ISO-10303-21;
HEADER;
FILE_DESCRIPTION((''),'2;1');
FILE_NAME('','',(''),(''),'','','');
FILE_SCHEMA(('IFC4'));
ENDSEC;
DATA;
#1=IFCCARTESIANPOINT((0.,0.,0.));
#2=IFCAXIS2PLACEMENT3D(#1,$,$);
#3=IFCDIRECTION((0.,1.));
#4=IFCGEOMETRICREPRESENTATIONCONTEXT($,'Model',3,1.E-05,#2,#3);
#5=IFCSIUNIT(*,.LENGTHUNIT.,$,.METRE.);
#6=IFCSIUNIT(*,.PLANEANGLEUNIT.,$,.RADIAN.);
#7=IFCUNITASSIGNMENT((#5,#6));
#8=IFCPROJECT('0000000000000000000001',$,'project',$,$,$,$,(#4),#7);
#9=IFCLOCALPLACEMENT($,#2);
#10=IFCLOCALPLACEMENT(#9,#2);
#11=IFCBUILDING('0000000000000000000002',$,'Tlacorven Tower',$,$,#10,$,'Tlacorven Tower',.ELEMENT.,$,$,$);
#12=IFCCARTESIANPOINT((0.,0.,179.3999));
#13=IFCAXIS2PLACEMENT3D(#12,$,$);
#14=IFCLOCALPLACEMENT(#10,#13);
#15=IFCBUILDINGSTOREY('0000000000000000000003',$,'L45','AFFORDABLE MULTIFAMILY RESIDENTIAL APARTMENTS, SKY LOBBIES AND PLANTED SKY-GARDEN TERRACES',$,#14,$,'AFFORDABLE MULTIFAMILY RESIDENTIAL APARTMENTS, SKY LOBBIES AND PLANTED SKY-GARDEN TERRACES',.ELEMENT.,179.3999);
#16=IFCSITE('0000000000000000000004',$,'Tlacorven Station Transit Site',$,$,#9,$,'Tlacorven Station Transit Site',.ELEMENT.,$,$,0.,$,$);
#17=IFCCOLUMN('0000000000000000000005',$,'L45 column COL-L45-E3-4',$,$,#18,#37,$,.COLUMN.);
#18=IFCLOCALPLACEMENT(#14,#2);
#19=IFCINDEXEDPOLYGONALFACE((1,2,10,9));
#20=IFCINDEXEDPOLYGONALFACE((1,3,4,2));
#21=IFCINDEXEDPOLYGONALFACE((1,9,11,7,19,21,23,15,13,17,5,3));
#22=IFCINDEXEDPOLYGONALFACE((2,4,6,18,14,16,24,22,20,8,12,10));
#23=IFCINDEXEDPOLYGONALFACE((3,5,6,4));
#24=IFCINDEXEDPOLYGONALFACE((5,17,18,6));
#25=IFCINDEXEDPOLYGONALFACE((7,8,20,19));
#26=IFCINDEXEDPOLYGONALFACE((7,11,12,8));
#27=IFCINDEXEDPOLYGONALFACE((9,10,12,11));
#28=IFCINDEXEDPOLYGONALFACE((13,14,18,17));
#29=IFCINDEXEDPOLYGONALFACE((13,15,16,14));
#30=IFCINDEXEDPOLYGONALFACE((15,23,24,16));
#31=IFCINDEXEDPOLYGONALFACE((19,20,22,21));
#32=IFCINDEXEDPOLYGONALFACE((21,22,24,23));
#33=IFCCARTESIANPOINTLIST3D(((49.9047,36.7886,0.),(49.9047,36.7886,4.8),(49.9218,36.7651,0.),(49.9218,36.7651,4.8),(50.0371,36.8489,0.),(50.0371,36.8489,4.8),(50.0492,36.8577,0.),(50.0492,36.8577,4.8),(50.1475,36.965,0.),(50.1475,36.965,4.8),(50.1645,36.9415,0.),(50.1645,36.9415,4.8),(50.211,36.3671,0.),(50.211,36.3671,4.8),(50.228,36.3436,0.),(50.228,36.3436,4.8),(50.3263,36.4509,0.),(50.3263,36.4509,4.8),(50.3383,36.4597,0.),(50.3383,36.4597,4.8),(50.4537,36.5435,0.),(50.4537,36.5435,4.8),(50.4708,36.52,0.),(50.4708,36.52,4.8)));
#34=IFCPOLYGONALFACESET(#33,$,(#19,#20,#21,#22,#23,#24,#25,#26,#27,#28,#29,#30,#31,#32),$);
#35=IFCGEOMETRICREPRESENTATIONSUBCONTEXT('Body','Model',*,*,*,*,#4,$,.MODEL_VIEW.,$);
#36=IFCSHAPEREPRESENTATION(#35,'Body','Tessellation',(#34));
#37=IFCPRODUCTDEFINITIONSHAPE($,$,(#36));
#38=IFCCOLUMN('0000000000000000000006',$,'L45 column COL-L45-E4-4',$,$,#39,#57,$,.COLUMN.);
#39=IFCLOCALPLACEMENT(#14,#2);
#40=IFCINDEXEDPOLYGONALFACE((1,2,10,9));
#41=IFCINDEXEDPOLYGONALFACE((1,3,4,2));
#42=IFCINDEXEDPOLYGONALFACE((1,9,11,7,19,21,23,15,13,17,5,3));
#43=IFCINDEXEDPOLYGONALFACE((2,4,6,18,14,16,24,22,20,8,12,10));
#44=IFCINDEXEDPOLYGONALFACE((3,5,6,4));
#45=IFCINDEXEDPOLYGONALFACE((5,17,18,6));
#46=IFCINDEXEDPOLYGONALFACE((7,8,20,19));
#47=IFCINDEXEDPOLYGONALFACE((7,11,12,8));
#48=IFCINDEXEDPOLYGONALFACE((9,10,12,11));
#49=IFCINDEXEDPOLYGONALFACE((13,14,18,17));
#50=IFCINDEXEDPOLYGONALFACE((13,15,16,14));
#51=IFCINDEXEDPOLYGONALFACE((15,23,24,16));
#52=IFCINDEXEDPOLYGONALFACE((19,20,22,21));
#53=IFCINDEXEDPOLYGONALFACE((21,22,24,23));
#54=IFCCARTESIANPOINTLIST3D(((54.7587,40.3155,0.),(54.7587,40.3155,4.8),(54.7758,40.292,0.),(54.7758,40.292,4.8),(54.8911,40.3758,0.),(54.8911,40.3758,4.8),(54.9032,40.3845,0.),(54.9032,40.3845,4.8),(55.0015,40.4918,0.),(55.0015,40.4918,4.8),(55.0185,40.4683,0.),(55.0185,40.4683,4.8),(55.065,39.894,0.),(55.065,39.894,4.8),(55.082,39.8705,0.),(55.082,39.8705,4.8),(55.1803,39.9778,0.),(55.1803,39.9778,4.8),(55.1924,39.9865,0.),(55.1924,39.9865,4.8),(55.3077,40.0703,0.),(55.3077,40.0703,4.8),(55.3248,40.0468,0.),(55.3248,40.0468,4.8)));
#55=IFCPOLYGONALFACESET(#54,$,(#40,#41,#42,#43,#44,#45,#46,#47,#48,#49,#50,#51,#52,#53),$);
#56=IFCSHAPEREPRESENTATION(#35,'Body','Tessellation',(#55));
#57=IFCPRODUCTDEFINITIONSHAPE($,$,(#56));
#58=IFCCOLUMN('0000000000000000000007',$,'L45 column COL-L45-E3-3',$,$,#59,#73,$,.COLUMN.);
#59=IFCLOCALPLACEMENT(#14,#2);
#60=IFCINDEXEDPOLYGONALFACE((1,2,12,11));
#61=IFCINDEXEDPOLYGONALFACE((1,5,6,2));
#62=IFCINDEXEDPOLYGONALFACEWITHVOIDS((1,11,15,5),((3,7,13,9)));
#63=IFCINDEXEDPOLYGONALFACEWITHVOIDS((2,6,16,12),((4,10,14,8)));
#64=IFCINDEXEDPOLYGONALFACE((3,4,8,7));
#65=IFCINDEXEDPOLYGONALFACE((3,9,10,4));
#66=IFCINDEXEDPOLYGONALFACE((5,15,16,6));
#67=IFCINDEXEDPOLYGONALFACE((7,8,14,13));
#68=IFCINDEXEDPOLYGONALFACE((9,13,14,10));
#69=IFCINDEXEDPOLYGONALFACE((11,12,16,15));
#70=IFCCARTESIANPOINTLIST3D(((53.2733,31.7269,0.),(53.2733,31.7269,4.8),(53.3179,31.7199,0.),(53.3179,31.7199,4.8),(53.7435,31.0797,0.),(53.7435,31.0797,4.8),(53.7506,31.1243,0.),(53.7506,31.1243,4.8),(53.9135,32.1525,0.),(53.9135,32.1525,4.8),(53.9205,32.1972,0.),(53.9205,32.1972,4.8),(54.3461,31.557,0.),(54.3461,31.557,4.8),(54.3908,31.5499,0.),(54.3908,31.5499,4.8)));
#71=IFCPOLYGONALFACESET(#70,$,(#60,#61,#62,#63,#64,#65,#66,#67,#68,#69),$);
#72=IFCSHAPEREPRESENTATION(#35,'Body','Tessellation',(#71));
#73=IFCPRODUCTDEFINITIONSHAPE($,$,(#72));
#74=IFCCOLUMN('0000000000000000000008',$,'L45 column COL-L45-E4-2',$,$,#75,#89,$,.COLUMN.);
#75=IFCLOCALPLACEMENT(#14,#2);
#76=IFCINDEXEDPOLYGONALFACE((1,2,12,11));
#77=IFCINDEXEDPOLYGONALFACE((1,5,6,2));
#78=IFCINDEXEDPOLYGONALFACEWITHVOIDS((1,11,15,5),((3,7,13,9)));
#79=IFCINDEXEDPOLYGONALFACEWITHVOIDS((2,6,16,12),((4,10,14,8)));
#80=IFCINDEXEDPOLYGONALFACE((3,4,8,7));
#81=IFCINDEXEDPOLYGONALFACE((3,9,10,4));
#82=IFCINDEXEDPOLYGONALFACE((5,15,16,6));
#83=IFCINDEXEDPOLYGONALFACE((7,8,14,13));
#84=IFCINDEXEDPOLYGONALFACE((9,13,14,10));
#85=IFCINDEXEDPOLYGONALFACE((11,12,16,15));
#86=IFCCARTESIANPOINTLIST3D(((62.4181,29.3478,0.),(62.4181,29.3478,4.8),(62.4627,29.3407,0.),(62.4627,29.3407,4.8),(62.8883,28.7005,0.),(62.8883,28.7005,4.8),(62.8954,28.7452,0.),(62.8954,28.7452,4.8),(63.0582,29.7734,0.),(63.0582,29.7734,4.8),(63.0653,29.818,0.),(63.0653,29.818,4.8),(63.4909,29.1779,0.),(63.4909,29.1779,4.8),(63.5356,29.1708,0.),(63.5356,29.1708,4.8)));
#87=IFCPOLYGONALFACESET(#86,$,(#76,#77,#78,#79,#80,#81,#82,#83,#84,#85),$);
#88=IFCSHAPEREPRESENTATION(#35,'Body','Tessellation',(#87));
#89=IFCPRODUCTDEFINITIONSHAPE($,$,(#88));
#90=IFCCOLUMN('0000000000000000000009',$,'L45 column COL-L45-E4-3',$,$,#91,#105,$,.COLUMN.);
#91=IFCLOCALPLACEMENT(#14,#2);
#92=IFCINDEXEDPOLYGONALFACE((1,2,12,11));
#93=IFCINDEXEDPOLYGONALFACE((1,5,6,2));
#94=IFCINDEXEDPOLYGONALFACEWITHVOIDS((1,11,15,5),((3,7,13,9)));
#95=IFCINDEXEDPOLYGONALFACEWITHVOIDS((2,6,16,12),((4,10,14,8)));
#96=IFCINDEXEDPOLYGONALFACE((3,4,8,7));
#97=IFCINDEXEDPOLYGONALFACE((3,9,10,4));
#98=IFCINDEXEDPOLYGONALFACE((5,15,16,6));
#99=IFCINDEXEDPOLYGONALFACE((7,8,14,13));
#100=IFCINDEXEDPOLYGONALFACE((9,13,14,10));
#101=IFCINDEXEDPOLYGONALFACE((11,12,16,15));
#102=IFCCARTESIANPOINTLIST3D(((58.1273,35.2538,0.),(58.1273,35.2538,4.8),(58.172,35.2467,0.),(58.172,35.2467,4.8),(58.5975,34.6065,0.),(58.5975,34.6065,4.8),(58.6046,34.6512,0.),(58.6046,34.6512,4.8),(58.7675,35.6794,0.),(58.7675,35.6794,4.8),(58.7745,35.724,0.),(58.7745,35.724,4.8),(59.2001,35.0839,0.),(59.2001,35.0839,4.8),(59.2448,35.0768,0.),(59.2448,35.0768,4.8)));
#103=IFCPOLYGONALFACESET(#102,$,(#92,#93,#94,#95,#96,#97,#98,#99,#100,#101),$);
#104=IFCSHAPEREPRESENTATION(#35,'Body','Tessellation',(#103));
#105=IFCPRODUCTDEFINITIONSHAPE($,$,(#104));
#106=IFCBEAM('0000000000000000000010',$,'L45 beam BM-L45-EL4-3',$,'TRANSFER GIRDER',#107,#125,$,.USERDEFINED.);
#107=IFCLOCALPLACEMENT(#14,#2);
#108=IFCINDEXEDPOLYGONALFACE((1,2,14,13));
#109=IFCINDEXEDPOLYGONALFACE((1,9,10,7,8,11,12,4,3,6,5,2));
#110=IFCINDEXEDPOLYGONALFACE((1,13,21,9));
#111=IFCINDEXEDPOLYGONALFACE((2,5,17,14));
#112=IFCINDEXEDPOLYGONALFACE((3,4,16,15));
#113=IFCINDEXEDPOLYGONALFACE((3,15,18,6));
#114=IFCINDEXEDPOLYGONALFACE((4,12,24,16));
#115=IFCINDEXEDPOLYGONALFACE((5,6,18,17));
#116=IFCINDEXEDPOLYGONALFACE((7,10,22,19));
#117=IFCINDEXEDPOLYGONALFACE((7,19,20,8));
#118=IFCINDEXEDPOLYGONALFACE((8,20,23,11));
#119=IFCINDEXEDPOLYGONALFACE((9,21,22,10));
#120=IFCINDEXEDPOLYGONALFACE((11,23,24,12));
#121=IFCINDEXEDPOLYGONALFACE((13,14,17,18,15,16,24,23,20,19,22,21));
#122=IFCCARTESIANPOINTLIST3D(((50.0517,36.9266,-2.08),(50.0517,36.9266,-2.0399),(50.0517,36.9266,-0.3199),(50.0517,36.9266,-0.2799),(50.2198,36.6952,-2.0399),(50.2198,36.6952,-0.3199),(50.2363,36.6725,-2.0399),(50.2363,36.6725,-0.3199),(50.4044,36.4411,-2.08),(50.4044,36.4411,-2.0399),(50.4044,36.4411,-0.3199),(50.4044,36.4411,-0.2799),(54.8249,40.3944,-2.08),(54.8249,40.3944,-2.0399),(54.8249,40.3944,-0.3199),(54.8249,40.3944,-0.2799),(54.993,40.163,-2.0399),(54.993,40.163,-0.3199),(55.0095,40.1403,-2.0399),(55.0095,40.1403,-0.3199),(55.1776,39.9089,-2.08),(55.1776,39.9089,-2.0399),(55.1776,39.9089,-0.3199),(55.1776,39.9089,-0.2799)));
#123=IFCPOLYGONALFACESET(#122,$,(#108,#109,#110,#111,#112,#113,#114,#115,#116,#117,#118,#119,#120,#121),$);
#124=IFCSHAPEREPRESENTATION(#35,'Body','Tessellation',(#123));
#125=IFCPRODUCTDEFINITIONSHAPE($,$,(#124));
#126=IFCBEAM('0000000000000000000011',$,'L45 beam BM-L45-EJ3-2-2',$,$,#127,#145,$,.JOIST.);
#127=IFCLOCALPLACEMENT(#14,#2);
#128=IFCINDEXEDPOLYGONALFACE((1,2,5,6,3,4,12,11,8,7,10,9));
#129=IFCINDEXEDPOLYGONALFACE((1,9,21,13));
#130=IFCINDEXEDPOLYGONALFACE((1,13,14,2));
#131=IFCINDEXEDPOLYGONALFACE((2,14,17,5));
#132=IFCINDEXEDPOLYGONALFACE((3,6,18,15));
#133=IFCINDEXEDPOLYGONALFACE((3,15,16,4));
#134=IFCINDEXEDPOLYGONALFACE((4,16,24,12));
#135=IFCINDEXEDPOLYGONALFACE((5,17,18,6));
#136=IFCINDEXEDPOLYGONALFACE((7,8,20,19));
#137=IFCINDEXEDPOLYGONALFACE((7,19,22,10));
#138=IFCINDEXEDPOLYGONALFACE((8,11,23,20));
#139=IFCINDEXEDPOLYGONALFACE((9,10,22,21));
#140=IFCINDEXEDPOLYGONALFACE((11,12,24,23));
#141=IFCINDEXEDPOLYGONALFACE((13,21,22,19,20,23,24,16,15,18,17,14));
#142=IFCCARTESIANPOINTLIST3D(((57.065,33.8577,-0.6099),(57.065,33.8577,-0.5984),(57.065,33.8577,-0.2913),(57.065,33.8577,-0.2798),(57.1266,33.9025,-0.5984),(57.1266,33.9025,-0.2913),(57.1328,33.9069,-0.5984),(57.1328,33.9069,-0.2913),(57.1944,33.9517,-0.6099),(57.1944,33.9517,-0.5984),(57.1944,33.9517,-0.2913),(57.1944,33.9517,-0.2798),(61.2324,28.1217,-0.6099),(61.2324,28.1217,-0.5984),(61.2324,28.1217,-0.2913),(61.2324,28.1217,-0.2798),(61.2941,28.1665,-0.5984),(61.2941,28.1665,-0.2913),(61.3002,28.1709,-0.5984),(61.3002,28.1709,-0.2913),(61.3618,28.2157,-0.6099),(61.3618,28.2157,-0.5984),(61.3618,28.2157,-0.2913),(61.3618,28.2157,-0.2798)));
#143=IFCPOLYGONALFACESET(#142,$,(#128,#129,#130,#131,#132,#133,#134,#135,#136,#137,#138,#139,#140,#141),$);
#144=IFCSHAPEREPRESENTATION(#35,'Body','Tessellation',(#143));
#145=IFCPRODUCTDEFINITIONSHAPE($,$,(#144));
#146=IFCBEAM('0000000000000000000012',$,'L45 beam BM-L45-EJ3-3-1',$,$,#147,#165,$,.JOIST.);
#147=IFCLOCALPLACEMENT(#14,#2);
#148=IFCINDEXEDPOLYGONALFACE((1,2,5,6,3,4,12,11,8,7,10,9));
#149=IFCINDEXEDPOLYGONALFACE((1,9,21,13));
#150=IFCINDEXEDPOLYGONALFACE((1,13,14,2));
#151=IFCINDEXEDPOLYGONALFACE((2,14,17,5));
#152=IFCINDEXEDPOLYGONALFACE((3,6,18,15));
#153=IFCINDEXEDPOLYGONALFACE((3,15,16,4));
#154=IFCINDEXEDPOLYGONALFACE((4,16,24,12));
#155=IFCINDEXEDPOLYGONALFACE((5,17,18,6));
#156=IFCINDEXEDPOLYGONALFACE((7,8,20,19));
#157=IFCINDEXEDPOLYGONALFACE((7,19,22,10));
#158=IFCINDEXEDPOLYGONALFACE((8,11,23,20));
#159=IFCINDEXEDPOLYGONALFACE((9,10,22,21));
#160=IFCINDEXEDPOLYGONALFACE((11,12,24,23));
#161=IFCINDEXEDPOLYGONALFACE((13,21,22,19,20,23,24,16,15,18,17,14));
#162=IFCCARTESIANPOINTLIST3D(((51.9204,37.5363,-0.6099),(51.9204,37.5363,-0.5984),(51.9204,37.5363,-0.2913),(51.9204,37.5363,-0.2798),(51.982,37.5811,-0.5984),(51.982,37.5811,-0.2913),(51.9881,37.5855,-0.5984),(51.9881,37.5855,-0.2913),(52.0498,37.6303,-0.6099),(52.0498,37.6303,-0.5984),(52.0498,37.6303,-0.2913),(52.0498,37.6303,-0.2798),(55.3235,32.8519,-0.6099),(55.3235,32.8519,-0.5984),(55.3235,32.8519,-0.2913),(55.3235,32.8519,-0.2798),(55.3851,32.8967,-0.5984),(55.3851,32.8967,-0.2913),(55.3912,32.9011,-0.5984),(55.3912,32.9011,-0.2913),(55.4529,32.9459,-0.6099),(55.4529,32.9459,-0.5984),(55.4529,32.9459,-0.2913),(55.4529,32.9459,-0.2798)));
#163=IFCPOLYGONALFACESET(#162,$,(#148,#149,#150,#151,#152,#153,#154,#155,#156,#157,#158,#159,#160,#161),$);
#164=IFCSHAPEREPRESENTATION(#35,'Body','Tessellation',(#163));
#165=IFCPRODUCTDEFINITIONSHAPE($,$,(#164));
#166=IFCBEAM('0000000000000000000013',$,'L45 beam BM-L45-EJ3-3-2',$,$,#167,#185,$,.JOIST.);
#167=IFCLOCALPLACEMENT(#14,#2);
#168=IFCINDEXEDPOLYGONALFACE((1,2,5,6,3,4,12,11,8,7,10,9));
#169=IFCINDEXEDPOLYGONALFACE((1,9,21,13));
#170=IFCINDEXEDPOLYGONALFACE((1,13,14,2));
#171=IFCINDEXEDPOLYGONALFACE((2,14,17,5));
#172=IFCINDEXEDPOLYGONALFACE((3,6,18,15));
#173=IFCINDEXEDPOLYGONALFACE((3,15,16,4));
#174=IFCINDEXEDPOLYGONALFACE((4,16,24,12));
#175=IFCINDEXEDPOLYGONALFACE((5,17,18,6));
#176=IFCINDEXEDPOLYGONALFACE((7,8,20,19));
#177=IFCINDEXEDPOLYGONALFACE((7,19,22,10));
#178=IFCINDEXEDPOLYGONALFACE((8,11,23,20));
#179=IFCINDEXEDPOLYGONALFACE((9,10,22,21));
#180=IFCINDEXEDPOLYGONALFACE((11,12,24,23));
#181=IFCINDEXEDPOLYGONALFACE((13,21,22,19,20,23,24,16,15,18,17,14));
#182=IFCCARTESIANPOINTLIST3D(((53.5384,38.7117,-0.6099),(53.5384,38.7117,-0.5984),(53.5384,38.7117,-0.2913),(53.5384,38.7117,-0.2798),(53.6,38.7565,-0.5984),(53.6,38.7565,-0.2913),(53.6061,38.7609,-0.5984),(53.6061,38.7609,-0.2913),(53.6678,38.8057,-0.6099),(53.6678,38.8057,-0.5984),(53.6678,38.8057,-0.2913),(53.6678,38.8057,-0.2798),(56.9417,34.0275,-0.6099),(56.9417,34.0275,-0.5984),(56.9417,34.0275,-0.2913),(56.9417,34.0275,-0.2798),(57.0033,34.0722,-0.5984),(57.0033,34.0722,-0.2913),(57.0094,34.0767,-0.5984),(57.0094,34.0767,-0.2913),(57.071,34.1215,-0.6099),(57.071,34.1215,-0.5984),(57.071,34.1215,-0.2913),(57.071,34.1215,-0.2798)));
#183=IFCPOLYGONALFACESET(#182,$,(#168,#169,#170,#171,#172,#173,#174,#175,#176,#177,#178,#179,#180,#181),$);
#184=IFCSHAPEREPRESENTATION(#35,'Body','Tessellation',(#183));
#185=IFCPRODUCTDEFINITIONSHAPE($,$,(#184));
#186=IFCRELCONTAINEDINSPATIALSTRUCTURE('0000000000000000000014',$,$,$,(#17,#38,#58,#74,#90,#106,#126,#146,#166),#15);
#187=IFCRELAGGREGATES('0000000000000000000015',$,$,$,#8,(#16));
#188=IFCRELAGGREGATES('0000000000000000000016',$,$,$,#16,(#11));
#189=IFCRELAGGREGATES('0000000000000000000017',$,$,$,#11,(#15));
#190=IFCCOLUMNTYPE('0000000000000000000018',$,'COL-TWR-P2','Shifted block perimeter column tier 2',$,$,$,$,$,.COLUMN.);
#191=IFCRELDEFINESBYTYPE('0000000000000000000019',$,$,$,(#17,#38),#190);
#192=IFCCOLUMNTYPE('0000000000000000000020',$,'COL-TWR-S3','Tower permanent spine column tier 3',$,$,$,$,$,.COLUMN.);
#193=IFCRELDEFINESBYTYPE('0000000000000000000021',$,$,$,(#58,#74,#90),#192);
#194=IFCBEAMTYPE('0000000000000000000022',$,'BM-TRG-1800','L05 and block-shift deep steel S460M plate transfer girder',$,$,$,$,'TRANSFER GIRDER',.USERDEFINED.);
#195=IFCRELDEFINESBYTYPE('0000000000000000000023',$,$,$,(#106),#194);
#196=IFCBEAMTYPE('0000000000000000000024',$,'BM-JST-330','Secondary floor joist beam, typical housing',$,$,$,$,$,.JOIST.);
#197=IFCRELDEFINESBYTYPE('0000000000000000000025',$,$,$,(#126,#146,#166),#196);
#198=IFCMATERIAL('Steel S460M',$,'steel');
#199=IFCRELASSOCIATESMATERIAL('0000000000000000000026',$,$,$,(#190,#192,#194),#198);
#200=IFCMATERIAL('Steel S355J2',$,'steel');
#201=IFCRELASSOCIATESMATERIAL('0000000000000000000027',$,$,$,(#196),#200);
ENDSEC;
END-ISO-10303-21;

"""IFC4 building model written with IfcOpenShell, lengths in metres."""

from ifc_helpers import new_model, si_unit, direction, frame, origin, origin_2d, place, context, subcontext, project, spatial, hollow_rectangle, i_section, extrude, source, transform, mapped, material, material_profile, profile_set, type_object, element, save


model = new_model("IFC4")

# Units and contexts
model_context = context("Model", 3, precision=1e-05, world=origin(), true_north=direction((0.0, 1.0)))
body_context = subcontext(model_context, "Body", "Model", "MODEL_VIEW")
ifc_project = project(units=[si_unit("LENGTHUNIT", "METRE"), si_unit("PLANEANGLEUNIT", "RADIAN")], contexts=[model_context])

# Site, building, storey
site_placement = place(None, origin())
site = spatial("IfcSite", under=ifc_project, at=site_placement, Name="Tlacorven Station Transit Site", LongName="Tlacorven Station Transit Site", CompositionType="ELEMENT", RefElevation=0.0)
building_placement = place(site_placement, origin())
building = spatial("IfcBuilding", under=site, at=building_placement, Name="Tlacorven Tower", LongName="Tlacorven Tower", CompositionType="ELEMENT")
storey_placement = place(building_placement, frame((0.0, 0.0, 179.3999)))
storey = spatial("IfcBuildingStorey", under=building, at=storey_placement, Name="L45", Description="AFFORDABLE MULTIFAMILY RESIDENTIAL APARTMENTS, SKY LOBBIES AND PLANTED SKY-GARDEN TERRACES", LongName="AFFORDABLE MULTIFAMILY RESIDENTIAL APARTMENTS, SKY LOBBIES AND PLANTED SKY-GARDEN TERRACES", CompositionType="ELEMENT", Elevation=179.3999)

# Columns
ifc_material_1 = material(Name="Steel S460M", Category="steel")
ifc_material_profile_1 = material_profile(ifc_material_1, i_section(OverallWidth=0.3, OverallDepth=0.55, WebThickness=0.0149, FlangeThickness=0.0291, at=origin_2d()), Name="HEB 550")
ifc_profile_set_1 = profile_set([ifc_material_profile_1], Name="Steel S460M")
column_type_1 = type_object("IfcColumnType", Name="COL-TWR-P2", Description="Shifted block perimeter column tier 2", PredefinedType="COLUMN", material=ifc_profile_set_1)
shared_shape_1 = source(origin(), body_context, "Body", "SweptSolid", [
    extrude(i_section(OverallWidth=0.3, OverallDepth=0.55, WebThickness=0.0149, FlangeThickness=0.0291, at=origin_2d()), origin(), (0.0, 0.0, 1.0), 4.8),
])
for number, where, z_axis, x_axis, name in (
    (1, (50.1877, 36.6543, 0.0), (0.0, 0.0, 1.0), (0.809017, 0.587785, 0.0), "L45 column COL-L45-E3-4"),
    (2, (55.0417, 40.1812, 0.0), (0.0, 0.0, 1.0), (0.809017, 0.587785, 0.0), "L45 column COL-L45-E4-4"),
):
    element("IfcColumn", number, at=place(storey_placement, frame(where, z_axis=z_axis, x_axis=x_axis)), inside=storey, type_object=column_type_1, Name=name, PredefinedType="COLUMN", context=body_context, shape_type="MappedRepresentation", body=[
        mapped(shared_shape_1, transform((0.0, 0.0, 0.0), scale=1.0)),
    ])
ifc_material_profile_2 = material_profile(ifc_material_1, hollow_rectangle(XDim=0.8, YDim=0.8, WallThickness=0.032, at=origin_2d()), Name="BOX 800X800X32")
ifc_profile_set_2 = profile_set([ifc_material_profile_2], Name="Steel S460M")
column_type_2 = type_object("IfcColumnType", Name="COL-TWR-S3", Description="Tower permanent spine column tier 3", PredefinedType="COLUMN", material=ifc_profile_set_2)
shared_shape_2 = source(origin(), body_context, "Body", "SweptSolid", [
    extrude(hollow_rectangle(XDim=0.8, YDim=0.8, WallThickness=0.032, at=origin_2d()), origin(), (0.0, 0.0, 1.0), 4.8),
])
for number, where, z_axis, x_axis, name in (
    (3, (53.832, 31.6384, 0.0), (0.0, 0.0, 1.0), (0.809017, 0.587785, 0.0), "L45 column COL-L45-E3-3"),
    (4, (62.9768, 29.2593, 0.0), (0.0, 0.0, 1.0), (0.809017, 0.587785, 0.0), "L45 column COL-L45-E4-2"),
    (5, (58.686, 35.1653, 0.0), (0.0, 0.0, 1.0), (0.809017, 0.587785, 0.0), "L45 column COL-L45-E4-3"),
):
    element("IfcColumn", number, at=place(storey_placement, frame(where, z_axis=z_axis, x_axis=x_axis)), inside=storey, type_object=column_type_2, Name=name, PredefinedType="COLUMN", context=body_context, shape_type="MappedRepresentation", body=[
        mapped(shared_shape_2, transform((0.0, 0.0, 0.0), scale=1.0)),
    ])

# Beams
ifc_material_profile_3 = material_profile(ifc_material_1, i_section(OverallWidth=0.6001, OverallDepth=1.8, WebThickness=0.0281, FlangeThickness=0.04, at=origin_2d()), Name="PG 1800X600X28X40")
ifc_profile_set_3 = profile_set([ifc_material_profile_3], Name="Steel S460M")
beam_type_1 = type_object("IfcBeamType", Name="BM-TRG-1800", Description="L05 and block-shift deep steel S460M plate transfer girder", ElementType="TRANSFER GIRDER", PredefinedType="USERDEFINED", material=ifc_profile_set_3)
shared_shape_3 = source(origin(), body_context, "Body", "SweptSolid", [
    extrude(i_section(OverallWidth=0.6001, OverallDepth=1.8, WebThickness=0.0281, FlangeThickness=0.04, at=origin_2d()), origin(), (0.0, 0.0, 1.0), 5.8999),
])
beam_1_placement = place(storey_placement, frame((50.228, 36.6838, -1.1799), z_axis=(0.809029, 0.587768, 0.0), x_axis=(-0.587768, 0.809029, 0.0)))
element("IfcBeam", 6, at=beam_1_placement, inside=storey, type_object=beam_type_1, Name="L45 beam BM-L45-EL4-3", ObjectType="TRANSFER GIRDER", PredefinedType="USERDEFINED", context=body_context, shape_type="MappedRepresentation", body=[
    mapped(shared_shape_3, transform((0.0, 0.0, 0.0), scale=1.0)),
])
ifc_material_2 = material(Name="Steel S355J2", Category="steel")
ifc_material_profile_4 = material_profile(ifc_material_2, i_section(OverallWidth=0.1599, OverallDepth=0.3301, WebThickness=0.0076, FlangeThickness=0.0115, at=origin_2d()), Name="IPE 330")
ifc_profile_set_4 = profile_set([ifc_material_profile_4], Name="Steel S355J2")
beam_type_2 = type_object("IfcBeamType", Name="BM-JST-330", Description="Secondary floor joist beam, typical housing", PredefinedType="JOIST", material=ifc_profile_set_4)
shared_shape_4 = source(origin(), body_context, "Body", "SweptSolid", [
    extrude(i_section(OverallWidth=0.1599, OverallDepth=0.3301, WebThickness=0.0076, FlangeThickness=0.0115, at=origin_2d()), origin(), (0.0, 0.0, 1.0), 7.0901),
])
beam_2_placement = place(storey_placement, frame((61.2971, 28.1687, -0.4448), z_axis=(-0.587783, 0.809019, 0.0), x_axis=(-0.809019, -0.587783, 0.0)))
element("IfcBeam", 7, at=beam_2_placement, inside=storey, type_object=beam_type_2, Name="L45 beam BM-L45-EJ3-2-2", PredefinedType="JOIST", context=body_context, shape_type="MappedRepresentation", body=[
    mapped(shared_shape_4, transform((0.0, 0.0, 0.0), scale=1.0)),
])
shared_shape_5 = source(origin(), body_context, "Body", "SweptSolid", [
    extrude(i_section(OverallWidth=0.1599, OverallDepth=0.3301, WebThickness=0.0076, FlangeThickness=0.0115, at=origin_2d()), origin(), (0.0, 0.0, 1.0), 5.79),
])
for number, where, z_axis, x_axis, name in (
    (8, (55.3882, 32.8989, -0.4448), (-0.587753, 0.80904, 0.0), (-0.80904, -0.587753, 0.0), "L45 beam BM-L45-EJ3-3-1"),
    (9, (57.0063, 34.0745, -0.4448), (-0.587781, 0.80902, 0.0), (-0.80902, -0.587781, 0.0), "L45 beam BM-L45-EJ3-3-2"),
):
    element("IfcBeam", number, at=place(storey_placement, frame(where, z_axis=z_axis, x_axis=x_axis)), inside=storey, type_object=beam_type_2, Name=name, PredefinedType="JOIST", context=body_context, shape_type="MappedRepresentation", body=[
        mapped(shared_shape_5, transform((0.0, 0.0, 0.0), scale=1.0)),
    ])

save(model, "model.ifc")
